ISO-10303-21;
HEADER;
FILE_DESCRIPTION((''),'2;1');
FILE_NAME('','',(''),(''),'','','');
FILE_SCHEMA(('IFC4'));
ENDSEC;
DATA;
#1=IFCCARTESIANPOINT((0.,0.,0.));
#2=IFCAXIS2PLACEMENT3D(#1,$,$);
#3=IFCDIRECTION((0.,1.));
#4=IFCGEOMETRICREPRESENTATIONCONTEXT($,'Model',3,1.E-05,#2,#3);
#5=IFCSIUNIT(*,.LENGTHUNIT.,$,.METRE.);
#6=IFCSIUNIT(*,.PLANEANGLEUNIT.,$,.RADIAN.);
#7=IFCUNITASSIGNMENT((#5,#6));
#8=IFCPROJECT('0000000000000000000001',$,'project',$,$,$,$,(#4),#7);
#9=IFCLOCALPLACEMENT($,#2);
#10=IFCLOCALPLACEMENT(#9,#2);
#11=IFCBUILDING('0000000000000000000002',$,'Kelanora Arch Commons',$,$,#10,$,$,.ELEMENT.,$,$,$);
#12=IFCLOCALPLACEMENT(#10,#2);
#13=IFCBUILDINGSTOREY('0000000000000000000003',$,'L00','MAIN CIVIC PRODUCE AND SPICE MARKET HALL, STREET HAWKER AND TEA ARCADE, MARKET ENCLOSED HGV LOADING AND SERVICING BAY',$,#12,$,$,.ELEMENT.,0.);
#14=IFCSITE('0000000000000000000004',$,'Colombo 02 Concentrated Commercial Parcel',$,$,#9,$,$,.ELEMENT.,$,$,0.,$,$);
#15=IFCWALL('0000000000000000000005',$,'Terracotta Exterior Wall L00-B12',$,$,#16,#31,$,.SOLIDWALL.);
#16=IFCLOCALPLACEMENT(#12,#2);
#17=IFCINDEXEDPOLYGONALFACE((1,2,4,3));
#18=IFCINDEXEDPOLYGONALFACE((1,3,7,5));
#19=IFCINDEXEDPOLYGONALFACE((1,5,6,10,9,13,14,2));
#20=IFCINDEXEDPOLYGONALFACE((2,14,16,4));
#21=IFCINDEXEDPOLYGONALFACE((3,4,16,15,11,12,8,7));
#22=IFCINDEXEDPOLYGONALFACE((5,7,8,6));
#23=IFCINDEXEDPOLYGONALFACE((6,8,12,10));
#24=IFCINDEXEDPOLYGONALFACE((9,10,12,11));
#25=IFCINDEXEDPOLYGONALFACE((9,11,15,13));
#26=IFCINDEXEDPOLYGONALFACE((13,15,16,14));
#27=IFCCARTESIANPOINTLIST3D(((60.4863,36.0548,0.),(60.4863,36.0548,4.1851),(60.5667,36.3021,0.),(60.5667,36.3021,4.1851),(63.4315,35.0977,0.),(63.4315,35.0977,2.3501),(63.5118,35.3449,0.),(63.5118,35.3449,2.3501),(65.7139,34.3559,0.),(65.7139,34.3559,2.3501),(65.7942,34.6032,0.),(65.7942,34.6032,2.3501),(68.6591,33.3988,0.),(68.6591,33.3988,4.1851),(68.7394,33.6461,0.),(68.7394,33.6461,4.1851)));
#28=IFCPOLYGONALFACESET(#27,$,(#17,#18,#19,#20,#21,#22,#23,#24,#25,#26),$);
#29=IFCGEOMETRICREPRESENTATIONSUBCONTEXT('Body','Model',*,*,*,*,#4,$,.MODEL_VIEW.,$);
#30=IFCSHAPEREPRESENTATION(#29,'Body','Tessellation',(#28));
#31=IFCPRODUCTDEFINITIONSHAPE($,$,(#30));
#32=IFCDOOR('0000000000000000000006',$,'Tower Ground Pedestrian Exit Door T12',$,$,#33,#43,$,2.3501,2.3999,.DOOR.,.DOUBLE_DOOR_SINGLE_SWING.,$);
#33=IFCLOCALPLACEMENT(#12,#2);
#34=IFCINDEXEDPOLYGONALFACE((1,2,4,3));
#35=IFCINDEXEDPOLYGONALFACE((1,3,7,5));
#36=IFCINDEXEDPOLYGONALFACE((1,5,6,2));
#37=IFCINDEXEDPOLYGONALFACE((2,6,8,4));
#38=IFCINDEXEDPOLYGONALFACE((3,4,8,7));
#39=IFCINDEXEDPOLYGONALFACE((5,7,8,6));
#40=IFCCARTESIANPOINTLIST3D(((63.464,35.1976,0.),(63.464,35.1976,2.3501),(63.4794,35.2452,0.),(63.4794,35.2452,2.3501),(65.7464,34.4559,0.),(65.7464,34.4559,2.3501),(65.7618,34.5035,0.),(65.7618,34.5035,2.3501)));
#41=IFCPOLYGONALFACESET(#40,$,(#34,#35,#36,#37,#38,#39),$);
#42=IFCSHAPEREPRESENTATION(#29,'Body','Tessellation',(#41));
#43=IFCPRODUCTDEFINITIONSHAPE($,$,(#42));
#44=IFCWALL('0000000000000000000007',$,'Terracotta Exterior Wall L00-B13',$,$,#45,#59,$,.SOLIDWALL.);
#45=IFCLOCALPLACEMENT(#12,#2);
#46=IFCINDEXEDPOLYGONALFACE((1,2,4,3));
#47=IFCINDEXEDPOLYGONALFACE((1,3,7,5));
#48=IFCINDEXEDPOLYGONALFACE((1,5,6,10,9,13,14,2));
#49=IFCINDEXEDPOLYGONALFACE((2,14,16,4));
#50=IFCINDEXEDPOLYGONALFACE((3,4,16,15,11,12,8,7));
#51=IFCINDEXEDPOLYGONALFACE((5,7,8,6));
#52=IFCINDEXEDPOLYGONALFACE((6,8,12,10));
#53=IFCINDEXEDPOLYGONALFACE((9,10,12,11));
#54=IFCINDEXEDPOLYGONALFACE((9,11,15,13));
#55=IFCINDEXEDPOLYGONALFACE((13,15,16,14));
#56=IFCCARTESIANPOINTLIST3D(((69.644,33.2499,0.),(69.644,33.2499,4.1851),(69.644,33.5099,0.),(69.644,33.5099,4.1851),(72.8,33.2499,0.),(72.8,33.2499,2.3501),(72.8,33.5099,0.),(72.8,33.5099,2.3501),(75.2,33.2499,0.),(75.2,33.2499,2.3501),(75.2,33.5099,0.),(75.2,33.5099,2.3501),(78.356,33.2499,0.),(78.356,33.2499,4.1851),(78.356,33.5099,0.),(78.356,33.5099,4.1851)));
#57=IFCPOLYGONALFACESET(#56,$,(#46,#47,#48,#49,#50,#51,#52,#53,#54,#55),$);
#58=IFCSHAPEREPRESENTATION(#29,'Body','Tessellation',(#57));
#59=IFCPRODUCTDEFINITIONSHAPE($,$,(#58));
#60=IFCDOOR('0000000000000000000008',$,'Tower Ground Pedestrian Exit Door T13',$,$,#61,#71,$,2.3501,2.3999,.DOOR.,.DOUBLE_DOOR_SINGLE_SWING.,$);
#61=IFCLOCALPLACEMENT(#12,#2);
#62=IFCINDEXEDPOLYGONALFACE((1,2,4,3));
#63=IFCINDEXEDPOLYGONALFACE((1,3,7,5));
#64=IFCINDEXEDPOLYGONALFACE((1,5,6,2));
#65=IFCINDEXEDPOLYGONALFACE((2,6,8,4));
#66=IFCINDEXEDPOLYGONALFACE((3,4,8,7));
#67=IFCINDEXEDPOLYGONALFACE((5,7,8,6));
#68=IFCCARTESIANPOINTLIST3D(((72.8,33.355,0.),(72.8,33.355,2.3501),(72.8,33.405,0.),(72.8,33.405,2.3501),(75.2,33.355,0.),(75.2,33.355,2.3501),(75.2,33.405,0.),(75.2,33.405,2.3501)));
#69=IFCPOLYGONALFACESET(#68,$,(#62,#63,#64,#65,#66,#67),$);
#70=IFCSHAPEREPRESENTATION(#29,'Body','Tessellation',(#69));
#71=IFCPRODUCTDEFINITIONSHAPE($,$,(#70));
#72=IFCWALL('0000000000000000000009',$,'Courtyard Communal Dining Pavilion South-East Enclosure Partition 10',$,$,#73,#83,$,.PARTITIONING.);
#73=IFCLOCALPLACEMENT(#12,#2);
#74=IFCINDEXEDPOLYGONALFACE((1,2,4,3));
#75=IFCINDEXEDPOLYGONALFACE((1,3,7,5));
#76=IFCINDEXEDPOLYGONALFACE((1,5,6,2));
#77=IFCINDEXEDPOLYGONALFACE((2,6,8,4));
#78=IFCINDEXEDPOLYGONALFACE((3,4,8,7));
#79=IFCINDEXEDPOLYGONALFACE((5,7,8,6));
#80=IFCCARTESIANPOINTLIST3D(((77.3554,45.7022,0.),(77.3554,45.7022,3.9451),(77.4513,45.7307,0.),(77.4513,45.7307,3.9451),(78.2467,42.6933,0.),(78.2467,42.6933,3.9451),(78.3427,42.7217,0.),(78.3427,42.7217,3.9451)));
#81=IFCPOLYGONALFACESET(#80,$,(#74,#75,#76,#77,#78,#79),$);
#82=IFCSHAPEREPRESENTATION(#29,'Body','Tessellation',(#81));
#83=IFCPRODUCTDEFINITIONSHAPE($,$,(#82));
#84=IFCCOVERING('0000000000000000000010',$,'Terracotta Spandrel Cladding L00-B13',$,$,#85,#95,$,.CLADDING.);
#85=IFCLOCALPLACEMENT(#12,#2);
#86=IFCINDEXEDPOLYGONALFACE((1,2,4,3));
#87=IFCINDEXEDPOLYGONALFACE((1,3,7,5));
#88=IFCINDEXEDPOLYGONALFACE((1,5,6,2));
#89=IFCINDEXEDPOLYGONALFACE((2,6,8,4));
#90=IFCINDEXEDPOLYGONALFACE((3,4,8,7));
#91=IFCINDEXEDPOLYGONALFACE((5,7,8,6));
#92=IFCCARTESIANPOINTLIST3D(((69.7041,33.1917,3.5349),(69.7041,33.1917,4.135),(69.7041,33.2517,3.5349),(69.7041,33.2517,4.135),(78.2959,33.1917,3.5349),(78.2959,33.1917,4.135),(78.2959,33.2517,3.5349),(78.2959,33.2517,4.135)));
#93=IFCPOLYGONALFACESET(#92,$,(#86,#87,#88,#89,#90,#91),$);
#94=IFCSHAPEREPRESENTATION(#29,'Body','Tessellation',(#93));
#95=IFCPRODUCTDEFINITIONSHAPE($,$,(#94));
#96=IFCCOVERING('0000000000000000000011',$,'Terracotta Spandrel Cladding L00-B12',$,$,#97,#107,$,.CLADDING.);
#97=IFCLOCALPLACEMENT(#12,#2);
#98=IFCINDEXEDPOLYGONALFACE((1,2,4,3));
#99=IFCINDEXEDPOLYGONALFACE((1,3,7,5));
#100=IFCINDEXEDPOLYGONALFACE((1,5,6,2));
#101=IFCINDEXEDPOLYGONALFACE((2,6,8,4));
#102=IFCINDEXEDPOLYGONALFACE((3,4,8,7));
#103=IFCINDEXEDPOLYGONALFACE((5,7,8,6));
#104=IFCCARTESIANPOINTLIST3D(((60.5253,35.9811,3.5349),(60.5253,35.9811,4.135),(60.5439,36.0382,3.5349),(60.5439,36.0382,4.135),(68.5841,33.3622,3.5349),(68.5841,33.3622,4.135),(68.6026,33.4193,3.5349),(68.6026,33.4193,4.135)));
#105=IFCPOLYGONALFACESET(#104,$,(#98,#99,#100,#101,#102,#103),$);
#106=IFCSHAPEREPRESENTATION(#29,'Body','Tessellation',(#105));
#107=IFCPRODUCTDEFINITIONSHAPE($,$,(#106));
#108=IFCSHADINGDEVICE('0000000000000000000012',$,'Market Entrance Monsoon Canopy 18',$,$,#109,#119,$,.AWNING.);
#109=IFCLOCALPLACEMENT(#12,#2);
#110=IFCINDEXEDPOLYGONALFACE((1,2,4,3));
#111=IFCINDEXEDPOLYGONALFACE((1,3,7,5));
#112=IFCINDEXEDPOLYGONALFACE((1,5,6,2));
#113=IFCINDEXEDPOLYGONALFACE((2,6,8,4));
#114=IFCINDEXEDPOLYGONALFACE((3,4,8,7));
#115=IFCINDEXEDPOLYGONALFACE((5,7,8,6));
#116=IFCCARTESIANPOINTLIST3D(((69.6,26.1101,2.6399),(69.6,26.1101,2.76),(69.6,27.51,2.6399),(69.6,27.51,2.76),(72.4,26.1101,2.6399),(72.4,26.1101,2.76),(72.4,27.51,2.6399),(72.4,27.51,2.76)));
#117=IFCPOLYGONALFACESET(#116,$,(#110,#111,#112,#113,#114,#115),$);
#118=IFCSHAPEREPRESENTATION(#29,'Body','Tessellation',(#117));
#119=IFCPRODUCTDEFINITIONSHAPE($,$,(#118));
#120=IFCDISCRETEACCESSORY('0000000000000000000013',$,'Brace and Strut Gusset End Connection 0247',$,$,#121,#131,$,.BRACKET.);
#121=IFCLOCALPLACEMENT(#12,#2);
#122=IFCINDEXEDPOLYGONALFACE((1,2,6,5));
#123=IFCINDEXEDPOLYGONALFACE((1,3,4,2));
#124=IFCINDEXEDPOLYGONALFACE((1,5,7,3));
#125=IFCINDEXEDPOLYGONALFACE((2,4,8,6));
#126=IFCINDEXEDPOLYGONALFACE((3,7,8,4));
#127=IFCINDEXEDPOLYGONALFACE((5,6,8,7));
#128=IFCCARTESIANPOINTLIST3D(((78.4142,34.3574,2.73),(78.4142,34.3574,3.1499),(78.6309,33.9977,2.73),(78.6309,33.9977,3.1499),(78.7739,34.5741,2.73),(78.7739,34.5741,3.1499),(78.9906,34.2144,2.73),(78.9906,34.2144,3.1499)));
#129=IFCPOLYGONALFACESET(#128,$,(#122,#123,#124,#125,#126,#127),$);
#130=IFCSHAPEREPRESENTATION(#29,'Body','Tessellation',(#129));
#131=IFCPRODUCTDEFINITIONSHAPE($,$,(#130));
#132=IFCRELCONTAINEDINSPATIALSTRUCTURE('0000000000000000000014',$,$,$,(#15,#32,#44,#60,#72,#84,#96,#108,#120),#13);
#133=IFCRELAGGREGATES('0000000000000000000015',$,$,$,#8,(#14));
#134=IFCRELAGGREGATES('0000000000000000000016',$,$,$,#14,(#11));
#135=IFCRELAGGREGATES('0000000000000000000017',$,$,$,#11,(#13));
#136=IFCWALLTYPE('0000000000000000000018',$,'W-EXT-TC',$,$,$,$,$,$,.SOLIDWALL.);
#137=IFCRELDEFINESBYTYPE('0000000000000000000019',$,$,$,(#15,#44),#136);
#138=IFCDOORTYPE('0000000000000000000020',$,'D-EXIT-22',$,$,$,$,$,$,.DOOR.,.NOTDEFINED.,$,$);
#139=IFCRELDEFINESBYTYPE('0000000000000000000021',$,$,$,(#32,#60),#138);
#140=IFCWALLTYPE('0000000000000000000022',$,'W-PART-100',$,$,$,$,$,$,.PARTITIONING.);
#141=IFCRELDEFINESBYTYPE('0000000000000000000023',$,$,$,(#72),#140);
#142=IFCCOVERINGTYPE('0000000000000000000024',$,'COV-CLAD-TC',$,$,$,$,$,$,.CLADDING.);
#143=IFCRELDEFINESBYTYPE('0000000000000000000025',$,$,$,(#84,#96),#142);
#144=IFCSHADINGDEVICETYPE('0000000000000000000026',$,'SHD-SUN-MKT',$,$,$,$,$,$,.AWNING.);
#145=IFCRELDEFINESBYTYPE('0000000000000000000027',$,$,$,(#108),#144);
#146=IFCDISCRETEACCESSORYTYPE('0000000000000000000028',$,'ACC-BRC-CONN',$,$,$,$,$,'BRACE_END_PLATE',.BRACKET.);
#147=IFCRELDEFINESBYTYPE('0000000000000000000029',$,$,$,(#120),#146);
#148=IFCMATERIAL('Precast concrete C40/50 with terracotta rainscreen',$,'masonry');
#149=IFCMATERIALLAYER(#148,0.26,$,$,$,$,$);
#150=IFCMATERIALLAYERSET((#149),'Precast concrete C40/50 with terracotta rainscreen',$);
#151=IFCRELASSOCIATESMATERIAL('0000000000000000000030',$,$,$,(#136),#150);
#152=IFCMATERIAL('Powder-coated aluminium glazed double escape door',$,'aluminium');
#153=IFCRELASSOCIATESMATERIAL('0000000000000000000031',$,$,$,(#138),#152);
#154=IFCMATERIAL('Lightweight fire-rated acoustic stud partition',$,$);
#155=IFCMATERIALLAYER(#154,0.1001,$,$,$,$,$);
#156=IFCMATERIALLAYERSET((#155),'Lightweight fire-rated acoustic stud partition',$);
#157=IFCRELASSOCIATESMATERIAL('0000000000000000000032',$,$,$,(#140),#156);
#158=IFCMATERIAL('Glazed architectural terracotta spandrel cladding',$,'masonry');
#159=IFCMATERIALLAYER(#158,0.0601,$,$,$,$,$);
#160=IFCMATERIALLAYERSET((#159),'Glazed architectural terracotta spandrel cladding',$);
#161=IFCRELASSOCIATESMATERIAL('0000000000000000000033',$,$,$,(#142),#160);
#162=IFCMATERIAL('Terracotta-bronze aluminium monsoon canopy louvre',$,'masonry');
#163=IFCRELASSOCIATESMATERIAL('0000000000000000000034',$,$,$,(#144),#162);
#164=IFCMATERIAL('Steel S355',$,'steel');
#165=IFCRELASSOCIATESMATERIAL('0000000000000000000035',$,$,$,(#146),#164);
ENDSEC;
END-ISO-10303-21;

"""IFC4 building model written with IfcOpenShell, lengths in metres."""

from ifc_helpers import new_model, si_unit, direction, frame, frame_2d, origin, origin_2d, place, context, subcontext, project, spatial, rectangle, extrude, source, transform, mapped, material, layer, layer_set, type_object, element, fill, save


model = new_model("IFC4")

# Units and contexts
model_context = context("Model", 3, precision=1e-05, world=origin(), true_north=direction((0.0, 1.0)))
body_context = subcontext(model_context, "Body", "Model", "MODEL_VIEW")
ifc_project = project(units=[si_unit("LENGTHUNIT", "METRE"), si_unit("PLANEANGLEUNIT", "RADIAN")], contexts=[model_context])

# Site, building, storey
site_placement = place(None, origin())
site = spatial("IfcSite", under=ifc_project, at=site_placement, Name="Colombo 02 Concentrated Commercial Parcel", CompositionType="ELEMENT", RefElevation=0.0)
building_placement = place(site_placement, origin())
building = spatial("IfcBuilding", under=site, at=building_placement, Name="Kelanora Arch Commons", CompositionType="ELEMENT")
storey_placement = place(building_placement, origin())
storey = spatial("IfcBuildingStorey", under=building, at=storey_placement, Name="L00", Description="MAIN CIVIC PRODUCE AND SPICE MARKET HALL, STREET HAWKER AND TEA ARCADE, MARKET ENCLOSED HGV LOADING AND SERVICING BAY", CompositionType="ELEMENT", Elevation=0.0)

# Shared definitions
ifc_material_1 = material(Name="Steel S355", Category="steel")

# Walls, openings, doors
ifc_material_2 = material(Name="Precast concrete C40/50 with terracotta rainscreen", Category="masonry")
ifc_layer_1 = layer(ifc_material_2, 0.26)
ifc_layer_set_1 = layer_set([ifc_layer_1], Name="Precast concrete C40/50 with terracotta rainscreen")
wall_type_1 = type_object("IfcWallType", Name="W-EXT-TC", PredefinedType="SOLIDWALL", material=ifc_layer_set_1)
wall_1_placement = place(storey_placement, frame((60.5264, 36.1785, 0.0), z_axis=(0.0, 0.0, 1.0), x_axis=(0.95104, -0.309068, 0.0)))
wall_1 = element("IfcWall", 1, at=wall_1_placement, inside=storey, type_object=wall_type_1, Name="Terracotta Exterior Wall L00-B12", PredefinedType="SOLIDWALL", context=body_context, shape_type="SweptSolid", body=[
    extrude(rectangle(XDim=8.5935, YDim=0.26, at=frame_2d((4.2969, 0.0))), origin(), (0.0, 0.0, 1.0), 4.1851),
])
opening_1_placement = place(wall_1_placement, frame((3.0969, 0.0, 0.0)))
opening_1 = element("IfcOpeningElement", 2, at=opening_1_placement, cuts=wall_1, PredefinedType="OPENING", context=body_context, shape_type="SweptSolid", body=[
    extrude(rectangle(XDim=2.3999, YDim=2.3501, at=frame_2d((1.2, 1.175))), frame((0.0, 0.1401, 0.0), z_axis=(0.0, -1.0, 0.0), x_axis=(1.0, 0.0, 0.0)), (0.0, 0.0, 1.0), 0.28),
])
ifc_material_3 = material(Name="Powder-coated aluminium glazed double escape door", Category="aluminium")
door_type = type_object("IfcDoorType", Name="D-EXIT-22", OperationType="NOTDEFINED", PredefinedType="DOOR", material=ifc_material_3)
door_1_placement = place(opening_1_placement, frame((2.3999, 0.0, 0.0), z_axis=(0.0, 0.0, 1.0), x_axis=(-1.0, 0.0, 0.0)))
door_1 = element("IfcDoor", 3, at=door_1_placement, inside=storey, type_object=door_type, Name="Tower Ground Pedestrian Exit Door T12", OperationType="DOUBLE_DOOR_SINGLE_SWING", OverallHeight=2.3501, OverallWidth=2.3999, PredefinedType="DOOR", context=body_context, shape_type="SweptSolid", body=[
    extrude(rectangle(XDim=2.3999, YDim=2.3501, at=frame_2d((1.2, 1.175))), frame((0.0, 0.0249, 0.0), z_axis=(0.0, -1.0, 0.0), x_axis=(1.0, 0.0, 0.0)), (0.0, 0.0, 1.0), 0.05),
])
fill(opening_1, door_1)
wall_2_placement = place(storey_placement, frame((69.644, 33.3799, 0.0), z_axis=(0.0, 0.0, 1.0), x_axis=(1.0, 0.0, 0.0)))
wall_2 = element("IfcWall", 4, at=wall_2_placement, inside=storey, type_object=wall_type_1, Name="Terracotta Exterior Wall L00-B13", PredefinedType="SOLIDWALL", context=body_context, shape_type="SweptSolid", body=[
    extrude(rectangle(XDim=8.7119, YDim=0.26, at=frame_2d((4.356, 0.0))), origin(), (0.0, 0.0, 1.0), 4.1851),
])
opening_2_placement = place(wall_2_placement, frame((3.156, 0.0, 0.0)))
opening_2 = element("IfcOpeningElement", 5, at=opening_2_placement, cuts=wall_2, PredefinedType="OPENING", context=body_context, shape_type="SweptSolid", body=[
    extrude(rectangle(XDim=2.3999, YDim=2.3501, at=frame_2d((1.2, 1.175))), frame((0.0, 0.1401, 0.0), z_axis=(0.0, -1.0, 0.0), x_axis=(1.0, 0.0, 0.0)), (0.0, 0.0, 1.0), 0.28),
])
door_2_placement = place(opening_2_placement, frame((2.3999, 0.0, 0.0), z_axis=(0.0, 0.0, 1.0), x_axis=(-1.0, 0.0, 0.0)))
door_2 = element("IfcDoor", 6, at=door_2_placement, inside=storey, type_object=door_type, Name="Tower Ground Pedestrian Exit Door T13", OperationType="DOUBLE_DOOR_SINGLE_SWING", OverallHeight=2.3501, OverallWidth=2.3999, PredefinedType="DOOR", context=body_context, shape_type="SweptSolid", body=[
    extrude(rectangle(XDim=2.3999, YDim=2.3501, at=frame_2d((1.2, 1.175))), frame((0.0, 0.0249, 0.0), z_axis=(0.0, -1.0, 0.0), x_axis=(1.0, 0.0, 0.0)), (0.0, 0.0, 1.0), 0.05),
])
fill(opening_2, door_2)

# Wall
ifc_material_4 = material(Name="Lightweight fire-rated acoustic stud partition")
ifc_layer_2 = layer(ifc_material_4, 0.1001)
ifc_layer_set_2 = layer_set([ifc_layer_2], Name="Lightweight fire-rated acoustic stud partition")
wall_type_2 = type_object("IfcWallType", Name="W-PART-100", PredefinedType="PARTITIONING", material=ifc_layer_set_2)
wall_3_placement = place(storey_placement, frame((78.2947, 42.7075, 0.0), z_axis=(0.0, 0.0, 1.0), x_axis=(-0.284027, 0.958816, 0.0)))
element("IfcWall", 7, at=wall_3_placement, inside=storey, type_object=wall_type_2, Name="Courtyard Communal Dining Pavilion South-East Enclosure Partition 10", PredefinedType="PARTITIONING", context=body_context, shape_type="SweptSolid", body=[
    extrude(rectangle(XDim=3.1382, YDim=0.1001, at=frame_2d((1.5691, 0.0))), origin(), (0.0, 0.0, 1.0), 3.9451),
])

# Coverings
ifc_material_5 = material(Name="Glazed architectural terracotta spandrel cladding", Category="masonry")
ifc_layer_3 = layer(ifc_material_5, 0.0601)
ifc_layer_set_3 = layer_set([ifc_layer_3], Name="Glazed architectural terracotta spandrel cladding")
covering_type = type_object("IfcCoveringType", Name="COV-CLAD-TC", PredefinedType="CLADDING", material=ifc_layer_set_3)
shared_shape_1 = source(origin(), body_context, "Body", "SweptSolid", [
    extrude(rectangle(XDim=8.5918, YDim=0.0601, at=origin_2d()), origin(), (0.0, 0.0, 1.0), 0.6001),
])
covering_1_placement = place(storey_placement, frame((74.0, 33.2217, 3.5349), z_axis=(0.0, 0.0, 1.0), x_axis=(1.0, 0.0, 0.0)))
element("IfcCovering", 8, at=covering_1_placement, inside=storey, type_object=covering_type, Name="Terracotta Spandrel Cladding L00-B13", PredefinedType="CLADDING", context=body_context, shape_type="MappedRepresentation", body=[
    mapped(shared_shape_1, transform((0.0, 0.0, 0.0), scale=1.0)),
])
shared_shape_2 = source(origin(), body_context, "Body", "SweptSolid", [
    extrude(rectangle(XDim=8.4736, YDim=0.0601, at=origin_2d()), origin(), (0.0, 0.0, 1.0), 0.6001),
])
covering_2_placement = place(storey_placement, frame((64.564, 34.7002, 3.5349), z_axis=(0.0, 0.0, 1.0), x_axis=(0.951041, -0.309066, 0.0)))
element("IfcCovering", 9, at=covering_2_placement, inside=storey, type_object=covering_type, Name="Terracotta Spandrel Cladding L00-B12", PredefinedType="CLADDING", context=body_context, shape_type="MappedRepresentation", body=[
    mapped(shared_shape_2, transform((0.0, 0.0, 0.0), scale=1.0)),
])

# Shading device
ifc_material_6 = material(Name="Terracotta-bronze aluminium monsoon canopy louvre", Category="masonry")
shading_device_type = type_object("IfcShadingDeviceType", Name="SHD-SUN-MKT", PredefinedType="AWNING", material=ifc_material_6)
shared_shape_3 = source(origin(), body_context, "Body", "SweptSolid", [
    extrude(rectangle(XDim=2.8, YDim=1.3999, at=origin_2d()), origin(), (0.0, 0.0, 1.0), 0.1201),
])
shading_device_placement = place(storey_placement, frame((71.0, 26.8101, 2.6399), z_axis=(0.0, 0.0, 1.0), x_axis=(-1.0, 0.0, 0.0)))
element("IfcShadingDevice", 10, at=shading_device_placement, inside=storey, type_object=shading_device_type, Name="Market Entrance Monsoon Canopy 18", PredefinedType="AWNING", context=body_context, shape_type="MappedRepresentation", body=[
    mapped(shared_shape_3, transform((0.0, 0.0, 0.0), scale=1.0)),
])

# Discrete accessory
discrete_accessory_type = type_object("IfcDiscreteAccessoryType", Name="ACC-BRC-CONN", ElementType="BRACE_END_PLATE", PredefinedType="BRACKET", material=ifc_material_1)
shared_shape_4 = source(origin(), body_context, "Body", "SweptSolid", [
    extrude(rectangle(XDim=0.4199, YDim=0.4199, at=origin_2d()), origin(), (0.0, 0.0, 1.0), 0.4199),
])
discrete_accessory_placement = place(storey_placement, frame((78.7024, 34.2859, 2.73), z_axis=(0.0, 0.0, 1.0), x_axis=(0.856537, 0.516085, 0.0)))
element("IfcDiscreteAccessory", 11, at=discrete_accessory_placement, inside=storey, type_object=discrete_accessory_type, Name="Brace and Strut Gusset End Connection 0247", PredefinedType="BRACKET", context=body_context, shape_type="MappedRepresentation", body=[
    mapped(shared_shape_4, transform((0.0, 0.0, 0.0), scale=1.0)),
])

save(model, "model.ifc")
